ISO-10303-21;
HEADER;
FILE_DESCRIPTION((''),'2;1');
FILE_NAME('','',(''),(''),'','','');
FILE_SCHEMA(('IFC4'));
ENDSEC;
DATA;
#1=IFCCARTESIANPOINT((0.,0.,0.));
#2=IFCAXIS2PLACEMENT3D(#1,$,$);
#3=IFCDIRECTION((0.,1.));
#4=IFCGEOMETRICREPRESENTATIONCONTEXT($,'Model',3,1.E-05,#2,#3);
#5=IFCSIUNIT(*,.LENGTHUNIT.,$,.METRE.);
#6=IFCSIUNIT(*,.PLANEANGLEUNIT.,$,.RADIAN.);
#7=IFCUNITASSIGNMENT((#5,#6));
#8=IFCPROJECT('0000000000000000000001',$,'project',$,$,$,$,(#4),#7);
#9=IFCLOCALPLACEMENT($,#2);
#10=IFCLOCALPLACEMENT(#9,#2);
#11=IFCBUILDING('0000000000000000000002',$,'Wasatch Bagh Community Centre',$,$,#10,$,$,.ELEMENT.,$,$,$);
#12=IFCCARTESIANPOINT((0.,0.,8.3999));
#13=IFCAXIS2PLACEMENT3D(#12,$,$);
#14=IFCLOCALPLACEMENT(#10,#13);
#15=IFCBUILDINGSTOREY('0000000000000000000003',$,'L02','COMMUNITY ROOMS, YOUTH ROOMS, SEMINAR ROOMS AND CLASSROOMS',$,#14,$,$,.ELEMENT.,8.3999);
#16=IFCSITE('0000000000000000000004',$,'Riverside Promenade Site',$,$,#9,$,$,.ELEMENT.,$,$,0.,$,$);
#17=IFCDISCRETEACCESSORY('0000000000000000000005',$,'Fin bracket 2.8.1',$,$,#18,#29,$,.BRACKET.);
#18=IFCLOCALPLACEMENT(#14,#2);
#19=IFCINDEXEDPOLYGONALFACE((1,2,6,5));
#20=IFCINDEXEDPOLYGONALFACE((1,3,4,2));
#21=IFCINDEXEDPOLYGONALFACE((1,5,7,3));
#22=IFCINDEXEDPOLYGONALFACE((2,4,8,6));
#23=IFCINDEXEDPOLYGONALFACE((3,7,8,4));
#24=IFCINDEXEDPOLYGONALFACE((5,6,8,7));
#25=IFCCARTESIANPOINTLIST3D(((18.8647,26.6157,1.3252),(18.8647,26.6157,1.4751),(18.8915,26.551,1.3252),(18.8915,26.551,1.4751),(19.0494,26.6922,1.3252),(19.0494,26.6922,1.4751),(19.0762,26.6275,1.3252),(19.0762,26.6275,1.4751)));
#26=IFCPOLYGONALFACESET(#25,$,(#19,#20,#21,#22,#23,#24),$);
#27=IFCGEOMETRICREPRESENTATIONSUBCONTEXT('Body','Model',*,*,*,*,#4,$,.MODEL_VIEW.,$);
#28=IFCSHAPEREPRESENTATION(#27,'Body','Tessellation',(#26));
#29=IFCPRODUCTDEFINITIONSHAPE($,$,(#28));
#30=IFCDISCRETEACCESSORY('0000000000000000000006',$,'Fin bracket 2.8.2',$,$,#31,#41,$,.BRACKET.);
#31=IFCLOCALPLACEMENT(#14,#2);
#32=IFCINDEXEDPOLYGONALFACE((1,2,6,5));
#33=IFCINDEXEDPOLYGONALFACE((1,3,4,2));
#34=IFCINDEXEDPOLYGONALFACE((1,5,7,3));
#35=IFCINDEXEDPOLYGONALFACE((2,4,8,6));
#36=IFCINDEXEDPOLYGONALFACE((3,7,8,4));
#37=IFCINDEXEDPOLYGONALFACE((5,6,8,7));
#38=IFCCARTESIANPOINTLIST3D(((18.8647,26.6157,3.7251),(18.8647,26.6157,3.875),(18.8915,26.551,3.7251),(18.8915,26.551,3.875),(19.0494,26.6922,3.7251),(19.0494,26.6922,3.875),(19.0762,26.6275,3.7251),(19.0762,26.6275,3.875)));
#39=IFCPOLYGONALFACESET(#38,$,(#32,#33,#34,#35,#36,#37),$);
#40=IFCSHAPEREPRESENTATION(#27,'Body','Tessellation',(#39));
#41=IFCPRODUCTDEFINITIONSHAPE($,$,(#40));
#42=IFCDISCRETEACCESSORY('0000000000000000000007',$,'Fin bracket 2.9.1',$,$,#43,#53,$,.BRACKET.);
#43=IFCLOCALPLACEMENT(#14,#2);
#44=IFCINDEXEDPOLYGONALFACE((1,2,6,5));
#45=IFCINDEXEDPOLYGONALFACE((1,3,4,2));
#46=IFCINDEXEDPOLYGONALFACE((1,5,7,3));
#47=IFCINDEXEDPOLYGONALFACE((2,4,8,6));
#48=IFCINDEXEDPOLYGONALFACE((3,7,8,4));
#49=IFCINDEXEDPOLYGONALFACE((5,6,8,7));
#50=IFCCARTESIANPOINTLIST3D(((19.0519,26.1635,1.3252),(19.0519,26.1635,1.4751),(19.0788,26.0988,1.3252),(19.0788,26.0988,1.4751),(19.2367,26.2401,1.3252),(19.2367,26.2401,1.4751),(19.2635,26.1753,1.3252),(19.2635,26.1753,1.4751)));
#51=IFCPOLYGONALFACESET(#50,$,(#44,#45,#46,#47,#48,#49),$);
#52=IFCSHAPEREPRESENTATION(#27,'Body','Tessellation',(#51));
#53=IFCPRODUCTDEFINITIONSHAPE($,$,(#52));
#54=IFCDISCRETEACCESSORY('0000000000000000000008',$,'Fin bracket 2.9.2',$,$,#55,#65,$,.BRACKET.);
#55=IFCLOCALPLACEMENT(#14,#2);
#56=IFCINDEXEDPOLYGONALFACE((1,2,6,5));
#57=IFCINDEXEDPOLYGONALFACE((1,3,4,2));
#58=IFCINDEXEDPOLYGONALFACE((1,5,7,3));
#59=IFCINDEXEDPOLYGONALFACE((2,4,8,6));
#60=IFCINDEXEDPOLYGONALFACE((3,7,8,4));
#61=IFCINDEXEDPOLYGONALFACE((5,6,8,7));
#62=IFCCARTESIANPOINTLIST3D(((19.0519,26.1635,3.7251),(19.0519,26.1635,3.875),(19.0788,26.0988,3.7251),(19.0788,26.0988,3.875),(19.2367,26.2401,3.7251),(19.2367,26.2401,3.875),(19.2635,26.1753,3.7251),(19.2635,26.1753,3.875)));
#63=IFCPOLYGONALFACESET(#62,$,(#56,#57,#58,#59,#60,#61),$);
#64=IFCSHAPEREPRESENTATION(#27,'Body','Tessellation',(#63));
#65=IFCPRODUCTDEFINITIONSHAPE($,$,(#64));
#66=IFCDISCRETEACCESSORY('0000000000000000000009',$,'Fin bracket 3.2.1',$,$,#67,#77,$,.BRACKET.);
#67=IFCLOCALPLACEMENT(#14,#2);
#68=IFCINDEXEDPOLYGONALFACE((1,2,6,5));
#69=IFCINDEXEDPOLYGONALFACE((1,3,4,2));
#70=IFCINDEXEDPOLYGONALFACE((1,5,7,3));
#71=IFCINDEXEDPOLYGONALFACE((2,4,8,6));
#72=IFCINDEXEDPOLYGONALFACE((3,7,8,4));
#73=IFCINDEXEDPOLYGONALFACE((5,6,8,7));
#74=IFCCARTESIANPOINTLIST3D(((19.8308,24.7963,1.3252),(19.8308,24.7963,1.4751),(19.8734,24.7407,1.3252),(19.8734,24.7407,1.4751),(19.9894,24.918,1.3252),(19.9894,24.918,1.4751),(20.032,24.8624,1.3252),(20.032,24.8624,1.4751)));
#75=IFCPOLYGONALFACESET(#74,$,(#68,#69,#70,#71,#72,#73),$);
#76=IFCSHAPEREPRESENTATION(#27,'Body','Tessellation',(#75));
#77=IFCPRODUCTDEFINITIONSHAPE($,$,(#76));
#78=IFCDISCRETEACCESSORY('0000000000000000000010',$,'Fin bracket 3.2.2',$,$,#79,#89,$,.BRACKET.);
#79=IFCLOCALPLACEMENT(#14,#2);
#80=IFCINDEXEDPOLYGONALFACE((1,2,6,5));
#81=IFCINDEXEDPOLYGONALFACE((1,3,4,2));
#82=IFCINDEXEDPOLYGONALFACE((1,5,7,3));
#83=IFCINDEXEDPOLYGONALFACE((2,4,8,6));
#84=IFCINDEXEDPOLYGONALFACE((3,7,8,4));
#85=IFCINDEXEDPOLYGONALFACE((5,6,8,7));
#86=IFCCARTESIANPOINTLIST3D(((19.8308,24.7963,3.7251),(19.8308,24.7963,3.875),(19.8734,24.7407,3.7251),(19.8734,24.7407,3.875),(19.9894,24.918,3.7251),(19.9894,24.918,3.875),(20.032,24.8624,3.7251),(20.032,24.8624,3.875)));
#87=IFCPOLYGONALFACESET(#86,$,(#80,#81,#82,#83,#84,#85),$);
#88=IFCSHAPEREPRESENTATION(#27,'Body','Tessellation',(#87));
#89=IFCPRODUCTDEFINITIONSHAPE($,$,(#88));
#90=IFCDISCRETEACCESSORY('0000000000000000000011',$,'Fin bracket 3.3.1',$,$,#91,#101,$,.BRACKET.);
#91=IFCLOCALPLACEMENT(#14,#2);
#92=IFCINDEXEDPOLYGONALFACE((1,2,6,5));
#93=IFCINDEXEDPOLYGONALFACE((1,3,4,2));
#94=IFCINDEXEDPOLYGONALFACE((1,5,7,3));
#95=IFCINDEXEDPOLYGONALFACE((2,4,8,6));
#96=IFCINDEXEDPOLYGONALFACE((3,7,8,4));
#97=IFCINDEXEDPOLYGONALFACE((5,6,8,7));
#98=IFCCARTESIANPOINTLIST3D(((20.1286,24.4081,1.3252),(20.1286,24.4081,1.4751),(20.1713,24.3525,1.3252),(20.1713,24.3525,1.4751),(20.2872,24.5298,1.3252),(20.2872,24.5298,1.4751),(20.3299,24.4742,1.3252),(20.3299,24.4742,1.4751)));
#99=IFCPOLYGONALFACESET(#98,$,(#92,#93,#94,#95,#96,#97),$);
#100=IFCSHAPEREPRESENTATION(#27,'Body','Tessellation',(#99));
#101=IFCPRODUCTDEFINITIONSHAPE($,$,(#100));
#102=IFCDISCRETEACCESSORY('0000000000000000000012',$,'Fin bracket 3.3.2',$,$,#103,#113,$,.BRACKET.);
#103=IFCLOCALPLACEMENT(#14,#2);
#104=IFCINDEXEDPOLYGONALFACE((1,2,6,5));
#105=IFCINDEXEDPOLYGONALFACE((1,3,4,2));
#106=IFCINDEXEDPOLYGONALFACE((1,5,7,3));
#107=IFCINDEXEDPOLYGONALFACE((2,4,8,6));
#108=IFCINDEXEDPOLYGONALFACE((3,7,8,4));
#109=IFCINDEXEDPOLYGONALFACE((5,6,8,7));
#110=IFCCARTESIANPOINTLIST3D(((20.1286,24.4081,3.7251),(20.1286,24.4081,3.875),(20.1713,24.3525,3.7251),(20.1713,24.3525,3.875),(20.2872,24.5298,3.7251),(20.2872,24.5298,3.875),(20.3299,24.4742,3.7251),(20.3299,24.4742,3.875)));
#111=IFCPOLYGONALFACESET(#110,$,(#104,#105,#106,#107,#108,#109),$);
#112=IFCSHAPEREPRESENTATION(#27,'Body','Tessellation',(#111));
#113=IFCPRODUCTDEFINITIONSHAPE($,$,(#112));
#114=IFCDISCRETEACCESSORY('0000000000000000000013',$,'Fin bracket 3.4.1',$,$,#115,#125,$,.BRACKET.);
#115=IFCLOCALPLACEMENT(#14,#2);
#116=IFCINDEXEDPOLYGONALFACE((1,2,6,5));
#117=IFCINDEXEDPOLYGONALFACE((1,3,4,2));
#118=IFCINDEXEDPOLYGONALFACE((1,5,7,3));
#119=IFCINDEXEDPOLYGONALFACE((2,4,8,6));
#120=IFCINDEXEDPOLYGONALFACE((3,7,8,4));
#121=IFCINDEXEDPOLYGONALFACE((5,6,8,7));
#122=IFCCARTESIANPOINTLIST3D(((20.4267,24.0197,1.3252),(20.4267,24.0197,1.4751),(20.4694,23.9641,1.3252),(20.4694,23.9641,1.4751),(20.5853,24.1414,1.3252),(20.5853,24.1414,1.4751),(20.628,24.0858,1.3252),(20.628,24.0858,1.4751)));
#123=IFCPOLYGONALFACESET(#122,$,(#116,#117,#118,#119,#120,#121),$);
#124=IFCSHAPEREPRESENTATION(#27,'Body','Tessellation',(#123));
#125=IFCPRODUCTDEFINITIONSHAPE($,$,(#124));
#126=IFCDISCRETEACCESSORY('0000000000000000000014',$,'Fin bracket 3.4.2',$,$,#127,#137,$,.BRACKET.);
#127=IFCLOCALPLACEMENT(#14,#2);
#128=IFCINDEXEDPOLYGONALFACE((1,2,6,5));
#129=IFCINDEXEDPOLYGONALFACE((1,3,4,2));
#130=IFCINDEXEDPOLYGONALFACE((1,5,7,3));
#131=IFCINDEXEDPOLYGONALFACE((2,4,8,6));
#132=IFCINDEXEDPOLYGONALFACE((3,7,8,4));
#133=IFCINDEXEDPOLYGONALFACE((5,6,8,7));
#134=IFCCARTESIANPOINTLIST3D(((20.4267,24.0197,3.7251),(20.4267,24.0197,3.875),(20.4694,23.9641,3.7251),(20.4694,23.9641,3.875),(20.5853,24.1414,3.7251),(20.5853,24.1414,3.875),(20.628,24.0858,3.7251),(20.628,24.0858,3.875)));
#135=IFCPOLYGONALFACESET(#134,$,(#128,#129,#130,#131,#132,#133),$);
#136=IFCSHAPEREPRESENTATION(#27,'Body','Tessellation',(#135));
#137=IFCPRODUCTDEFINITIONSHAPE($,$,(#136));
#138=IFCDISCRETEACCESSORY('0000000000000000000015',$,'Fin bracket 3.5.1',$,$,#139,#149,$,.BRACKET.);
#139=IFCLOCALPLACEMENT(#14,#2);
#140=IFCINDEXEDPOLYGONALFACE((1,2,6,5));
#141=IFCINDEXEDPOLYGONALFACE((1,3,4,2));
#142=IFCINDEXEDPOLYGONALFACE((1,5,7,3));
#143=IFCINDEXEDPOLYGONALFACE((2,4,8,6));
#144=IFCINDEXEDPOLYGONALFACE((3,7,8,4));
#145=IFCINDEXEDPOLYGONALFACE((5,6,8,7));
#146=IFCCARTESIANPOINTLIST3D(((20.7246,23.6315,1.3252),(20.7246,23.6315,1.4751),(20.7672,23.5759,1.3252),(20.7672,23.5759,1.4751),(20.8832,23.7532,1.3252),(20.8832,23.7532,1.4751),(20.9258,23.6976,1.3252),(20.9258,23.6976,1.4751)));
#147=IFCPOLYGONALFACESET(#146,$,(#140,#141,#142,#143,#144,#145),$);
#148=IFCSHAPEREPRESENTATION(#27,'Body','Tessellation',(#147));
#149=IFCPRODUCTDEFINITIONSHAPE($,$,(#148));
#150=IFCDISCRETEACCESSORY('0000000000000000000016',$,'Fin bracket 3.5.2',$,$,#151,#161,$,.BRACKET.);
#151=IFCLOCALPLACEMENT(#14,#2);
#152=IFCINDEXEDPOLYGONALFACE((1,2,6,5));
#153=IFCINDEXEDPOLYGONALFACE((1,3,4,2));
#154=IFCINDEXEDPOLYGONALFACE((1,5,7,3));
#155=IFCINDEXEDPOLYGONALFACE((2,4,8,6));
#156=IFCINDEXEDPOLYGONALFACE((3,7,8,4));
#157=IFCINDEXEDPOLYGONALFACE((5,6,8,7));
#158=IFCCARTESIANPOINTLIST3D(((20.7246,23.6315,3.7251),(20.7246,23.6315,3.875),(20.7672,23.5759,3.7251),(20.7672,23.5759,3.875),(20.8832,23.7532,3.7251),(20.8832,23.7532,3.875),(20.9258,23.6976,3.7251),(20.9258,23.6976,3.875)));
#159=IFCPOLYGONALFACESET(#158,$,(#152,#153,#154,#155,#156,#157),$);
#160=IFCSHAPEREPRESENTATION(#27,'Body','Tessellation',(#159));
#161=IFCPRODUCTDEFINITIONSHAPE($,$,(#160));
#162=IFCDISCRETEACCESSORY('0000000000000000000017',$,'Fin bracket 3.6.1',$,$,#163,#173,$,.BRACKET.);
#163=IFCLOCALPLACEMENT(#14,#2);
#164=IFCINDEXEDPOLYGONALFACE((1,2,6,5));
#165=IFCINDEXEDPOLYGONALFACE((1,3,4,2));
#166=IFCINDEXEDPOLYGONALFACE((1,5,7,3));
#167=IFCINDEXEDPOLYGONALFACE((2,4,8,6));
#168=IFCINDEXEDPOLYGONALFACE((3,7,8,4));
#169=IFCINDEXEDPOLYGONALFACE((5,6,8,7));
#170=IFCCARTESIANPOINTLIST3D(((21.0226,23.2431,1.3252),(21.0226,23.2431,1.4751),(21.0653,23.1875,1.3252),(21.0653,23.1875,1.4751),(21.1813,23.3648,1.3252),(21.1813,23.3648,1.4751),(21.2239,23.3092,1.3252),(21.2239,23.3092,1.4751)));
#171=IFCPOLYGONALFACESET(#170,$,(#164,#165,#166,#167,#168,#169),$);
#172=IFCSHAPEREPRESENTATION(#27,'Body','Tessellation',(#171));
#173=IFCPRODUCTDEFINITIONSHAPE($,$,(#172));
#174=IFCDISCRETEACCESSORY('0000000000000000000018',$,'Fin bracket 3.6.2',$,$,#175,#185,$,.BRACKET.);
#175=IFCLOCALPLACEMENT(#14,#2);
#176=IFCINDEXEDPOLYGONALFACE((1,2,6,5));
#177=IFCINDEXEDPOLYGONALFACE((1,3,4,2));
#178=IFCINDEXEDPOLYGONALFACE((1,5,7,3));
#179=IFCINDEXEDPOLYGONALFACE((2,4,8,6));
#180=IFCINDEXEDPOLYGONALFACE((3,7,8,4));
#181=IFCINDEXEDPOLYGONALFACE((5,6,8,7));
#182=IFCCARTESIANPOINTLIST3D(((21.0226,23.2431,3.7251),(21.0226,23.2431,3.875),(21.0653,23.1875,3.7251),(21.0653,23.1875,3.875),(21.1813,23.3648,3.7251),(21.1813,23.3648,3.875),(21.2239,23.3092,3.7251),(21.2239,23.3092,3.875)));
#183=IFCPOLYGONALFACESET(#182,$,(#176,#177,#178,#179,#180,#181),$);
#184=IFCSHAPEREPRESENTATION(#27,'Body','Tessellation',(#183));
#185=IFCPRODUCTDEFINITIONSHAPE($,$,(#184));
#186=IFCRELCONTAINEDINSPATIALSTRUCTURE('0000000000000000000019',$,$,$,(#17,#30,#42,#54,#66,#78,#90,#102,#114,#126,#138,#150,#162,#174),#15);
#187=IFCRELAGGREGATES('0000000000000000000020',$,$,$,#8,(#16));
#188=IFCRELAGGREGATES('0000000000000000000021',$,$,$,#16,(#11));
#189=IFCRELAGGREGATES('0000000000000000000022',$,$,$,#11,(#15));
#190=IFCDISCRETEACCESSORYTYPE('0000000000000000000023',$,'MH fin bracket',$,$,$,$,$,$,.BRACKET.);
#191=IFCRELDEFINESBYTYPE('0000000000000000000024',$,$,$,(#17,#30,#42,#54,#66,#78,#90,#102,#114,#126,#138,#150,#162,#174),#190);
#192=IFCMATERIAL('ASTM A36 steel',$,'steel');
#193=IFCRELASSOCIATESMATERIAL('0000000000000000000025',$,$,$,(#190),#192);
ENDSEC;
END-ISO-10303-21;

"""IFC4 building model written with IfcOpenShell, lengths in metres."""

from ifc_helpers import new_model, si_unit, direction, frame, origin, origin_2d, place, context, subcontext, project, spatial, rectangle, extrude, material, type_object, element, save


model = new_model("IFC4")

# Units and contexts
model_context = context("Model", 3, precision=1e-05, world=origin(), true_north=direction((0.0, 1.0)))
body_context = subcontext(model_context, "Body", "Model", "MODEL_VIEW")
ifc_project = project(units=[si_unit("LENGTHUNIT", "METRE"), si_unit("PLANEANGLEUNIT", "RADIAN")], contexts=[model_context])

# Site, building, storey
site_placement = place(None, origin())
site = spatial("IfcSite", under=ifc_project, at=site_placement, Name="Riverside Promenade Site", CompositionType="ELEMENT", RefElevation=0.0)
building_placement = place(site_placement, origin())
building = spatial("IfcBuilding", under=site, at=building_placement, Name="Wasatch Bagh Community Centre", CompositionType="ELEMENT")
storey_placement = place(building_placement, frame((0.0, 0.0, 8.3999)))
storey = spatial("IfcBuildingStorey", under=building, at=storey_placement, Name="L02", Description="COMMUNITY ROOMS, YOUTH ROOMS, SEMINAR ROOMS AND CLASSROOMS", CompositionType="ELEMENT", Elevation=8.3999)

# Discrete accessories
ifc_material_1 = material(Name="ASTM A36 steel", Category="steel")
discrete_accessory_type = type_object("IfcDiscreteAccessoryType", Name="MH fin bracket", PredefinedType="BRACKET", material=ifc_material_1)
for number, where, z_axis, x_axis, name in (
    (1, (18.9705, 26.6216, 1.3252), (0.0, 0.0, 1.0), (0.382683, -0.92388, 0.0), "Fin bracket 2.8.1"),
    (2, (18.9705, 26.6216, 3.7251), (0.0, 0.0, 1.0), (0.382683, -0.92388, 0.0), "Fin bracket 2.8.2"),
    (3, (19.1577, 26.1694, 1.3252), (0.0, 0.0, 1.0), (0.382683, -0.92388, 0.0), "Fin bracket 2.9.1"),
    (4, (19.1577, 26.1694, 3.7251), (0.0, 0.0, 1.0), (0.382683, -0.92388, 0.0), "Fin bracket 2.9.2"),
    (5, (19.9314, 24.8293, 1.3252), (0.0, 0.0, 1.0), (0.608761, -0.793353, 0.0), "Fin bracket 3.2.1"),
    (6, (19.9314, 24.8293, 3.7251), (0.0, 0.0, 1.0), (0.608761, -0.793353, 0.0), "Fin bracket 3.2.2"),
    (7, (20.2292, 24.4412, 1.3252), (0.0, 0.0, 1.0), (0.608761, -0.793353, 0.0), "Fin bracket 3.3.1"),
    (8, (20.2292, 24.4412, 3.7251), (0.0, 0.0, 1.0), (0.608761, -0.793353, 0.0), "Fin bracket 3.3.2"),
    (9, (20.5273, 24.0527, 1.3252), (0.0, 0.0, 1.0), (0.608761, -0.793353, 0.0), "Fin bracket 3.4.1"),
    (10, (20.5273, 24.0527, 3.7251), (0.0, 0.0, 1.0), (0.608761, -0.793353, 0.0), "Fin bracket 3.4.2"),
    (11, (20.8252, 23.6646, 1.3252), (0.0, 0.0, 1.0), (0.608761, -0.793353, 0.0), "Fin bracket 3.5.1"),
    (12, (20.8252, 23.6646, 3.7251), (0.0, 0.0, 1.0), (0.608761, -0.793353, 0.0), "Fin bracket 3.5.2"),
    (13, (21.1233, 23.2761, 1.3252), (0.0, 0.0, 1.0), (0.608761, -0.793353, 0.0), "Fin bracket 3.6.1"),
    (14, (21.1233, 23.2761, 3.7251), (0.0, 0.0, 1.0), (0.608761, -0.793353, 0.0), "Fin bracket 3.6.2"),
):
    element("IfcDiscreteAccessory", number, at=place(storey_placement, frame(where, z_axis=z_axis, x_axis=x_axis)), inside=storey, type_object=discrete_accessory_type, Name=name, PredefinedType="BRACKET", context=body_context, shape_type="SweptSolid", body=[
        extrude(rectangle(XDim=0.0701, YDim=0.2, at=origin_2d()), origin(), (0.0, 0.0, 1.0), 0.1499),
    ])

save(model, "model.ifc")
